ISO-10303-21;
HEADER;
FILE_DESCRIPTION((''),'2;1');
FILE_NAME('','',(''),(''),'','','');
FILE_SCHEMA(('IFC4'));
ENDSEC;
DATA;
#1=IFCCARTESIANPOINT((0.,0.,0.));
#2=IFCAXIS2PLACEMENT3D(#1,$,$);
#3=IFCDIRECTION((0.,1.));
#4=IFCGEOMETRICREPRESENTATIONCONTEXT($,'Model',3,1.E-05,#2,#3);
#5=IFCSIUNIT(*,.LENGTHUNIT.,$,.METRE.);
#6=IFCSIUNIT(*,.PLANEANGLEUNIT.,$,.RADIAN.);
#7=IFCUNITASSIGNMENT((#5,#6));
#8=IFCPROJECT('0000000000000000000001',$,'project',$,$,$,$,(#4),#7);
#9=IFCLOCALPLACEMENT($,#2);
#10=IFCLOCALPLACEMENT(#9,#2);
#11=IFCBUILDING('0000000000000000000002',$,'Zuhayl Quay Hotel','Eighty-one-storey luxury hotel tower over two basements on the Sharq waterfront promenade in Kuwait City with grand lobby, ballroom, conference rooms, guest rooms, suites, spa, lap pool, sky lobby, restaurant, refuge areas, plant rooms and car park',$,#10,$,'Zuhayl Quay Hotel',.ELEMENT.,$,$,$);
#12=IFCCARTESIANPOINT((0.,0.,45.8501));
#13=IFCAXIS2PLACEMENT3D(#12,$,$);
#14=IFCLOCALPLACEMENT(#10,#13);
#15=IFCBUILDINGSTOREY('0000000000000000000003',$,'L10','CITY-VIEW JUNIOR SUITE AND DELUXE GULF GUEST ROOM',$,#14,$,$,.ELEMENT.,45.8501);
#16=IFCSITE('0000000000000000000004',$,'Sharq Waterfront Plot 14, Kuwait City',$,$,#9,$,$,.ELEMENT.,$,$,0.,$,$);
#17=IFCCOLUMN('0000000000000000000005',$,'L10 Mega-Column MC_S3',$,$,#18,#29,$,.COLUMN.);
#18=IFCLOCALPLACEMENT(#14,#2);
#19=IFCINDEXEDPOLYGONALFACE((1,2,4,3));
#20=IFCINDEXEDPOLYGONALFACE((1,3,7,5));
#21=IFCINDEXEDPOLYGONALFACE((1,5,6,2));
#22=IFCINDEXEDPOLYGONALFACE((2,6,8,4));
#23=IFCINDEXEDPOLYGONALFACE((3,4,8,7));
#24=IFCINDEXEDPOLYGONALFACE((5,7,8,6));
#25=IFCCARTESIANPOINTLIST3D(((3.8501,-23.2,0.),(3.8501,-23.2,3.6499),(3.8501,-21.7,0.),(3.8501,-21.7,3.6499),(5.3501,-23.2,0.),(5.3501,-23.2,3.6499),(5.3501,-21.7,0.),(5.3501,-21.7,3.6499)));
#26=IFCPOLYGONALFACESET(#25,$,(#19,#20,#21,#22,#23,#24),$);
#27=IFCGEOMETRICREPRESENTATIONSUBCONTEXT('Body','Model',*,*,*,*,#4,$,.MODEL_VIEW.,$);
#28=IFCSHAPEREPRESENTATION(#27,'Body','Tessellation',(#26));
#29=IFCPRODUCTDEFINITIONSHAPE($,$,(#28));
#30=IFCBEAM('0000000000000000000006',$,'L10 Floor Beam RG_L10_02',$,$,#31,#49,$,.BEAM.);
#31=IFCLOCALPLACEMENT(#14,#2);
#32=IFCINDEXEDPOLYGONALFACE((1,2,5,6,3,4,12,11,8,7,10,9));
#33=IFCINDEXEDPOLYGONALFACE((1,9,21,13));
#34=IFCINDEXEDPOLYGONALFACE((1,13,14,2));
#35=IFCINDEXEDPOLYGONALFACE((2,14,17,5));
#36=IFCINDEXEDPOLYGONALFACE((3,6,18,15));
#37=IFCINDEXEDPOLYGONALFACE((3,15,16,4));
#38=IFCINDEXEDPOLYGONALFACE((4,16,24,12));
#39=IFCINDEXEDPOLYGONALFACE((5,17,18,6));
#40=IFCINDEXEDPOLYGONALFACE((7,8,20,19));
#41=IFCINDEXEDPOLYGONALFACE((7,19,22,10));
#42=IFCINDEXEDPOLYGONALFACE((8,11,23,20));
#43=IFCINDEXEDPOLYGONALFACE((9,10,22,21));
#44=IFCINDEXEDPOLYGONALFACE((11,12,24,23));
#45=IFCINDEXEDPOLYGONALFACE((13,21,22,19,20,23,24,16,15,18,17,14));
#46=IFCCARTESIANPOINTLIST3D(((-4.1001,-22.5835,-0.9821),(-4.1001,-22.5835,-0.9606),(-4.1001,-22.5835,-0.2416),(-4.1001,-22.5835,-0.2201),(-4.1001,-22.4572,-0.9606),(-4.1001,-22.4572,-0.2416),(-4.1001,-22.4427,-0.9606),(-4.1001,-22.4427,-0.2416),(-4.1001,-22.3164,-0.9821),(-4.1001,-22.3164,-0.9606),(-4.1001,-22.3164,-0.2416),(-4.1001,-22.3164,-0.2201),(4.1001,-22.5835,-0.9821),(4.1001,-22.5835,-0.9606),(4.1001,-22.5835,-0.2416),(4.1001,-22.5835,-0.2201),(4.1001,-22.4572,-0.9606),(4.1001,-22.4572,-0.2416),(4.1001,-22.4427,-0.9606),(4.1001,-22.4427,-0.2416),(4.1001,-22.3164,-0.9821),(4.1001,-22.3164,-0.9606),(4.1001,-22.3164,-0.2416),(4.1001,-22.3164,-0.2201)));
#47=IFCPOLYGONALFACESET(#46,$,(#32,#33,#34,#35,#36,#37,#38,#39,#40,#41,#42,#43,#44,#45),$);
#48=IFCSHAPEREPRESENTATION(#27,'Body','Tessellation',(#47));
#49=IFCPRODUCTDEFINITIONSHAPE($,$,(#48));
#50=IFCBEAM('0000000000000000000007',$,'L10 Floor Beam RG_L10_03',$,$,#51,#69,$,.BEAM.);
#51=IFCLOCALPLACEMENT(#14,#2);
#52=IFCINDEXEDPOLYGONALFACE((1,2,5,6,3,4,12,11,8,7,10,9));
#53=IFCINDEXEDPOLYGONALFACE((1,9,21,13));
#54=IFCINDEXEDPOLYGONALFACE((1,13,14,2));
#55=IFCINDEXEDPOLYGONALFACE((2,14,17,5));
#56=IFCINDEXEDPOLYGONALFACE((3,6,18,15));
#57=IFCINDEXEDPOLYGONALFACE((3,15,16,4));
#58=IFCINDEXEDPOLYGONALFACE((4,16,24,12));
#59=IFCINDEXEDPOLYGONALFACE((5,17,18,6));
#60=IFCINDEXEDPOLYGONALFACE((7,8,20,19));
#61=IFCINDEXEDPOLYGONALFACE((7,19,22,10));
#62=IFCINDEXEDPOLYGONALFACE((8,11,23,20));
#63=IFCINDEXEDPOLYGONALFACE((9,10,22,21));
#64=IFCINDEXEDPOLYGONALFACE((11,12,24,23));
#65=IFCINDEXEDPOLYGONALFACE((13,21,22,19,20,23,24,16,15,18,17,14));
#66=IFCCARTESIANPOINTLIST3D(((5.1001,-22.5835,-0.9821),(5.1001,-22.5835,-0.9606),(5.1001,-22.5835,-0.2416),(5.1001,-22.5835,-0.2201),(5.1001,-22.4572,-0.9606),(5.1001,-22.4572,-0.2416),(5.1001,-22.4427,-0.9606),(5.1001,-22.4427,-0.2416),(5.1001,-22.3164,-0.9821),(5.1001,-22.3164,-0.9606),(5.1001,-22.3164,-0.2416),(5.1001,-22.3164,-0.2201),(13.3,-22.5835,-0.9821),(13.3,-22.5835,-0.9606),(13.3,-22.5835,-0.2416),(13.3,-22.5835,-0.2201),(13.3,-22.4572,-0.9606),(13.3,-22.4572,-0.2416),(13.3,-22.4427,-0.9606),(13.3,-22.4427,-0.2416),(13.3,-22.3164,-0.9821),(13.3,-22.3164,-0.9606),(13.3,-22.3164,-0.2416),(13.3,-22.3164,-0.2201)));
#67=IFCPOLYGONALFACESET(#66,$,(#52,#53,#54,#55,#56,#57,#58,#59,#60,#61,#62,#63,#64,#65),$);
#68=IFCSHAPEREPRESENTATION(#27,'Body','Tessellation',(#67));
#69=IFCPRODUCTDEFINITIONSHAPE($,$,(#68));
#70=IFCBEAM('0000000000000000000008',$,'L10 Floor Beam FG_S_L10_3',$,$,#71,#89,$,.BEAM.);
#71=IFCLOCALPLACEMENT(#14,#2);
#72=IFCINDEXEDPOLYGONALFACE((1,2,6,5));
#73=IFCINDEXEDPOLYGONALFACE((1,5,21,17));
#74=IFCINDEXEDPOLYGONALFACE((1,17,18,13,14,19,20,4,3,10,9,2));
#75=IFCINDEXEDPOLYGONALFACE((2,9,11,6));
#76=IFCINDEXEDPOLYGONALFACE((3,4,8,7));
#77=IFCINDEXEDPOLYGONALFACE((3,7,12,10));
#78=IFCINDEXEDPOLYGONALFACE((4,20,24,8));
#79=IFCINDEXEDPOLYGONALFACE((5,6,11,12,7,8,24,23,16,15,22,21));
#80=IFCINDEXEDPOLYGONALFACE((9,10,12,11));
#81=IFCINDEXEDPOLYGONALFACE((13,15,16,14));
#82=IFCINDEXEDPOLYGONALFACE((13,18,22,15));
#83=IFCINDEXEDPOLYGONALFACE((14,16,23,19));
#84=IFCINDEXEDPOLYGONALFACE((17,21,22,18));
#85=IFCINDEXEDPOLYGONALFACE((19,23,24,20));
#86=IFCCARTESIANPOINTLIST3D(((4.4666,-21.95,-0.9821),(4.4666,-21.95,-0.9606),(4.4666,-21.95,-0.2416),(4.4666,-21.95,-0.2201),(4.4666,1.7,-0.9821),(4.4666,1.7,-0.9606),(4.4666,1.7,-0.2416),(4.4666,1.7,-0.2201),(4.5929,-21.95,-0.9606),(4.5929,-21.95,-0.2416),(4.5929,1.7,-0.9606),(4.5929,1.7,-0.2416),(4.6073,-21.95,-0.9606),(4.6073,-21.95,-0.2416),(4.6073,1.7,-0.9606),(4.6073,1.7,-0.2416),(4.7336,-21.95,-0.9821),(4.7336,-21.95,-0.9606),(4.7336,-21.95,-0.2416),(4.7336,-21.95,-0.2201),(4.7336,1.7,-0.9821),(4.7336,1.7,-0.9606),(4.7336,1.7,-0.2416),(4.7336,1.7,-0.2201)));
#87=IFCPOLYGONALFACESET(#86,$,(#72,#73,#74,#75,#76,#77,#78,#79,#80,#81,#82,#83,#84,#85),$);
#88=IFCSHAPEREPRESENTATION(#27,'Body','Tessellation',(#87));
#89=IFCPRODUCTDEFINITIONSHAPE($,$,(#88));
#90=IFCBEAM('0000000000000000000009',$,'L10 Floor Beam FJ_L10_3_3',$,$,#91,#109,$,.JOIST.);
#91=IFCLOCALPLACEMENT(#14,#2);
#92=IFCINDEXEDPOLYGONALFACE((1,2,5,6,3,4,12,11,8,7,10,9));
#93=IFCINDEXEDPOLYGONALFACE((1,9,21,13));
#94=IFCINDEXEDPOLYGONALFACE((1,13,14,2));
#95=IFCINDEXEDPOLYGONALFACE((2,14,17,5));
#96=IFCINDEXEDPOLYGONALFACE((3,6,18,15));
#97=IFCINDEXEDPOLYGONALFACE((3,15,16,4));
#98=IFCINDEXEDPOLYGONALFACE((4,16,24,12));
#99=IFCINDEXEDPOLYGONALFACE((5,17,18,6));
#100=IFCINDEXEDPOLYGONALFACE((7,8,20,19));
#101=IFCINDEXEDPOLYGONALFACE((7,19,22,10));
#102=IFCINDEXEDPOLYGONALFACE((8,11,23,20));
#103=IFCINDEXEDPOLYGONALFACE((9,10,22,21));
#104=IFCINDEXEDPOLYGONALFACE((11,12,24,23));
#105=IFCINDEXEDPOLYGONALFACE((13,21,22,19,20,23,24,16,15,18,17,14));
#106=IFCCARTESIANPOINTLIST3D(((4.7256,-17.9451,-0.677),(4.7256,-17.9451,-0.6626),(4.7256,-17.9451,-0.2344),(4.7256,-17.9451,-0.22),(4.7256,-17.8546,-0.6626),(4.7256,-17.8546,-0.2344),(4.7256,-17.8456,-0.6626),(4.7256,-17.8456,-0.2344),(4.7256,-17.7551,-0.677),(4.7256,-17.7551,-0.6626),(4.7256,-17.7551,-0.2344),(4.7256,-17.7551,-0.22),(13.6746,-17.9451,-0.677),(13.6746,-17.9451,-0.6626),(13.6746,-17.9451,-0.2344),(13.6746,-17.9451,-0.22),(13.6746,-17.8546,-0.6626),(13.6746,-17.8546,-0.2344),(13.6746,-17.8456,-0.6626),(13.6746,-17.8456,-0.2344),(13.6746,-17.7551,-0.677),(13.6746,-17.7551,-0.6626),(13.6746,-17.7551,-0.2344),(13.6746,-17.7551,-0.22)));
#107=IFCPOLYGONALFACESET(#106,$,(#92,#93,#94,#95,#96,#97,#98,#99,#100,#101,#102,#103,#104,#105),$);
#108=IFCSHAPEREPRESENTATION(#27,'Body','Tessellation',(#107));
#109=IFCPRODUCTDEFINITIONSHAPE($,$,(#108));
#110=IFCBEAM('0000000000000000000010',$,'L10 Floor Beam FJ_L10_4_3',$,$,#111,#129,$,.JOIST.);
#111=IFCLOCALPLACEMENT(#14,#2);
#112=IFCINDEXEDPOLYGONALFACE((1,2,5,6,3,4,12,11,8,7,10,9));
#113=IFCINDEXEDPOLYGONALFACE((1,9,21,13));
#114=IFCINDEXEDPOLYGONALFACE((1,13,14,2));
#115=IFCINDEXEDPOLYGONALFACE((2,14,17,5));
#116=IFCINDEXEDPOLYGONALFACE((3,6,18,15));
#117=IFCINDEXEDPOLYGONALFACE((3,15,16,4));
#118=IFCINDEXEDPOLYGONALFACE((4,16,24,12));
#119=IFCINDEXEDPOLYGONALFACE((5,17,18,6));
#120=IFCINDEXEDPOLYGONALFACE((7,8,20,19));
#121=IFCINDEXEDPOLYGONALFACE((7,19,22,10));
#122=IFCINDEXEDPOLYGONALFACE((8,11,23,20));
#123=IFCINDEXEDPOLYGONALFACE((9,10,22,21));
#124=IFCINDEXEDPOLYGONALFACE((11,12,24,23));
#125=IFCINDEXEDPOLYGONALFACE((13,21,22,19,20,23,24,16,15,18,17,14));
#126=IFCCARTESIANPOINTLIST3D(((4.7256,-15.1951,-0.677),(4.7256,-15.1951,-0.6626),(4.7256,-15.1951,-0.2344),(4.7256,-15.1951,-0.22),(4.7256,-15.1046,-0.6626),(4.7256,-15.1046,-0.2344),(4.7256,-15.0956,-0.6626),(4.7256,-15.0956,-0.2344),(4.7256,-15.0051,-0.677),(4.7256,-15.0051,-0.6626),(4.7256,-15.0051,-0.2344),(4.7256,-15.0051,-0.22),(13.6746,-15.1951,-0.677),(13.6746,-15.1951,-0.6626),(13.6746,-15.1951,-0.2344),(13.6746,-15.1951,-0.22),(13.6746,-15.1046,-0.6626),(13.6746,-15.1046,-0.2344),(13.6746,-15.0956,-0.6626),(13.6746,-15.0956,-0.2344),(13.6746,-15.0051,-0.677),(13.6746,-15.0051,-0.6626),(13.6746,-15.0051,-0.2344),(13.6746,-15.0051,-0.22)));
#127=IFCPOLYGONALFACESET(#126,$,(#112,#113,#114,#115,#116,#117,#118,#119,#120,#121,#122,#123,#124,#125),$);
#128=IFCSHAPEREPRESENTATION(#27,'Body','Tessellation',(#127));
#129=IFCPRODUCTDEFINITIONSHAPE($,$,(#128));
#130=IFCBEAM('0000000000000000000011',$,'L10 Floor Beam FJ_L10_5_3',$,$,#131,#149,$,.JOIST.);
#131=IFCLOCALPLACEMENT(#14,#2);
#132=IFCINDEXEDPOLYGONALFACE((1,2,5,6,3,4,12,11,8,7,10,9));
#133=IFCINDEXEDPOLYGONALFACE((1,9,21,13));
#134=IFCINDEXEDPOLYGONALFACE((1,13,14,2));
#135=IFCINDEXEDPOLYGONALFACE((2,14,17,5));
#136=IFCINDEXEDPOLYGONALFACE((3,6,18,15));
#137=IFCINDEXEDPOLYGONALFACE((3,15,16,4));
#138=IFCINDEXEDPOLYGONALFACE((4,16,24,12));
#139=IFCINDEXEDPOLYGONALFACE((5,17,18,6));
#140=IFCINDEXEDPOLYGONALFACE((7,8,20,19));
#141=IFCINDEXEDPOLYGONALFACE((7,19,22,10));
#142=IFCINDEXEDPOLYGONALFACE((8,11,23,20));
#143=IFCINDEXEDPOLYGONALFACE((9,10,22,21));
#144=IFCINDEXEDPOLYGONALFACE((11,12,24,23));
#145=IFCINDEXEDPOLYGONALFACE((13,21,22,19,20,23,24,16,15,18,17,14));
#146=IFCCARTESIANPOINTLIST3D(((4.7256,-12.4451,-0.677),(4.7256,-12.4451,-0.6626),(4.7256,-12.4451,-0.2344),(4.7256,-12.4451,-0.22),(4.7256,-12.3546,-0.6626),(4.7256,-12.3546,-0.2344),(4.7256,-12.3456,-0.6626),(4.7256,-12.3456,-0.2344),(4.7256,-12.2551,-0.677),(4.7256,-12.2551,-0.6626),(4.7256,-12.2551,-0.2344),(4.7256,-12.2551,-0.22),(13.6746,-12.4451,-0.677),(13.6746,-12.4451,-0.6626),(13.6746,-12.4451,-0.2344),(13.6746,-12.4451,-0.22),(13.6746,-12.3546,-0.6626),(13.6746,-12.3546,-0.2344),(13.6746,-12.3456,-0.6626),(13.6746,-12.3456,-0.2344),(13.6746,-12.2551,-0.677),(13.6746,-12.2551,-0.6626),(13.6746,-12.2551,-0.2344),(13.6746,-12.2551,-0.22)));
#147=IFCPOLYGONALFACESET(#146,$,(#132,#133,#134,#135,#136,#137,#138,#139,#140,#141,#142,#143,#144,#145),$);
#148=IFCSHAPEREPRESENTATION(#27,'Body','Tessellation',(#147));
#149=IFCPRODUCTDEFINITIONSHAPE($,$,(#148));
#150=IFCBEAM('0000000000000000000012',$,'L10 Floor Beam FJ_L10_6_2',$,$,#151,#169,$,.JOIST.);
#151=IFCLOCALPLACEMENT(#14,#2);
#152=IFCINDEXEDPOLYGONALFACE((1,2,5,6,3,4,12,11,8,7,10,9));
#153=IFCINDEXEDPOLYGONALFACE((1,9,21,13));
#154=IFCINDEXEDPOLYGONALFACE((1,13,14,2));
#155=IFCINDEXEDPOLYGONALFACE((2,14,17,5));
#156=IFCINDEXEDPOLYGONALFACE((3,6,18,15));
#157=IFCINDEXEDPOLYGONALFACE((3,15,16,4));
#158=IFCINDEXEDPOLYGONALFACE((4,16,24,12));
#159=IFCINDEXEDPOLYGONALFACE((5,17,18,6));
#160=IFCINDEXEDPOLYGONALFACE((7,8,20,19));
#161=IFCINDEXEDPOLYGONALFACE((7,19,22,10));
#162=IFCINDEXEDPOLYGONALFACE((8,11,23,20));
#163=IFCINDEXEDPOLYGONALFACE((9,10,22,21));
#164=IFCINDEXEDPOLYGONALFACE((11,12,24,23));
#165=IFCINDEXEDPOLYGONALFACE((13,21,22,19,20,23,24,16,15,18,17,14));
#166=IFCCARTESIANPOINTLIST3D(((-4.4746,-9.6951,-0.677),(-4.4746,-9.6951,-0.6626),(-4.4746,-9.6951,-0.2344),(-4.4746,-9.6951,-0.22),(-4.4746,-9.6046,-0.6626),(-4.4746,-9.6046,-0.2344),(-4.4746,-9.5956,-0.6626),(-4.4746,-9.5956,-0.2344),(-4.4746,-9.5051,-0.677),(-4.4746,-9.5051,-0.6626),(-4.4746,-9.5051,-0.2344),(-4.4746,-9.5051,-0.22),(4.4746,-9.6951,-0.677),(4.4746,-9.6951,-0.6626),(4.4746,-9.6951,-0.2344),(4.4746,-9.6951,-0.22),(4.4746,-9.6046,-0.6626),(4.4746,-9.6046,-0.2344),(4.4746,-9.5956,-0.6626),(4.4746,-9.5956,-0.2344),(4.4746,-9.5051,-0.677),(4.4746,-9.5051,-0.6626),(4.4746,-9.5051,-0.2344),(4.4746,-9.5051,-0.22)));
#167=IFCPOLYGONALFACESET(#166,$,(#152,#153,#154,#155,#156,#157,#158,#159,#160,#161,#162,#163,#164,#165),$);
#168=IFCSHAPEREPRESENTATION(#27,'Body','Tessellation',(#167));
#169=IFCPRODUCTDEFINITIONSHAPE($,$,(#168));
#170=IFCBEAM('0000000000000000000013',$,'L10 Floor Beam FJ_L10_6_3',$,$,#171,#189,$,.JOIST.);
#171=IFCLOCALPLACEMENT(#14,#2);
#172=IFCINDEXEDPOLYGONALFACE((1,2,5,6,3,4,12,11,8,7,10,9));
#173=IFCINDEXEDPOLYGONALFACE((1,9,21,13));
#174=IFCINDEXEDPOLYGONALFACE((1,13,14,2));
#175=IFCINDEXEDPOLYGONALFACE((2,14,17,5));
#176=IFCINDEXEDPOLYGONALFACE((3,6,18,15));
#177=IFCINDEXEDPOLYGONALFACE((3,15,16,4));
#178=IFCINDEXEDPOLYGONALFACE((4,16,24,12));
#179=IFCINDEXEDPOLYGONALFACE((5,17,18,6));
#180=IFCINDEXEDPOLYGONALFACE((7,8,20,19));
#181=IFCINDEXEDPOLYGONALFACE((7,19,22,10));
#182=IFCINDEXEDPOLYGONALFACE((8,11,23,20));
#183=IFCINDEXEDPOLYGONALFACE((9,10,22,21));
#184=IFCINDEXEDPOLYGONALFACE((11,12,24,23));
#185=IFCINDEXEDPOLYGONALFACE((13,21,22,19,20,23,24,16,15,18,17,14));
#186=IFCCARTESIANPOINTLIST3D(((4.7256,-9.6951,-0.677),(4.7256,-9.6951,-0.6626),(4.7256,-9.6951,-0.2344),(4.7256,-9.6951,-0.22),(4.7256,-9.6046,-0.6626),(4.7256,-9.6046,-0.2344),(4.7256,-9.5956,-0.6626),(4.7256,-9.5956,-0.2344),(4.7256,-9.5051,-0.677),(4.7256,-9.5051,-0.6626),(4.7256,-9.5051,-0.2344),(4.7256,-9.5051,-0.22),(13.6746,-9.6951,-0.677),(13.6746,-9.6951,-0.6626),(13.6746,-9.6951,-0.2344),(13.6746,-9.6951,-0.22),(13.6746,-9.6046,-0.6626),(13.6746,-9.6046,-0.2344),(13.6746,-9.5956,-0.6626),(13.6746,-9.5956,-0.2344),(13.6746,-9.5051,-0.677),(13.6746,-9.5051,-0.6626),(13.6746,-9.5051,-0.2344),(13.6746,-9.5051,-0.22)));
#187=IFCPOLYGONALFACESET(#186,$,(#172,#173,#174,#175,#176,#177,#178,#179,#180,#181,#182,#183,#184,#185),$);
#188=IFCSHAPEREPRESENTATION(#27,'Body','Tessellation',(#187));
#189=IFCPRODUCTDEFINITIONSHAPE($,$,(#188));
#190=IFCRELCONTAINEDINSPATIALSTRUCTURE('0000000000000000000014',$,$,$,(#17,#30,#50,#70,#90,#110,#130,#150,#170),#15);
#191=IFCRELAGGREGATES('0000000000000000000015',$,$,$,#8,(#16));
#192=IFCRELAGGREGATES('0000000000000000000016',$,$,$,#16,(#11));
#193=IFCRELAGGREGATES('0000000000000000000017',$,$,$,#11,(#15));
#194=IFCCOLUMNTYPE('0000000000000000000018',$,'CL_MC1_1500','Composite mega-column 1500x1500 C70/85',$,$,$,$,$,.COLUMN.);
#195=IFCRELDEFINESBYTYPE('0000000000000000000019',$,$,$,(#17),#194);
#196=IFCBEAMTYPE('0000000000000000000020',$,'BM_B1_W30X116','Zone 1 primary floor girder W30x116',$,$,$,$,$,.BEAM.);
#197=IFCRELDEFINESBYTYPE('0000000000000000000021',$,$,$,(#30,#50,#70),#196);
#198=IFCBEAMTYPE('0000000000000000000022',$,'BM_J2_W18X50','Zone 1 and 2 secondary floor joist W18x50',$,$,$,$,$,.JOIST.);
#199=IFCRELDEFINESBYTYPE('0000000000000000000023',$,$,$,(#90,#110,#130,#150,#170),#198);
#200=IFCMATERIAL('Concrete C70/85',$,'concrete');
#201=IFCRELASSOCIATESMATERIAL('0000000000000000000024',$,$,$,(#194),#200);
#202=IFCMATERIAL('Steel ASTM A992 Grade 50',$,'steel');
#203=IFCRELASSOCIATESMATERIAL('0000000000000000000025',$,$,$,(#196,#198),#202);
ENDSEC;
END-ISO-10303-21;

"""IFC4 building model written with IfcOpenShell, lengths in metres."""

from ifc_helpers import new_model, si_unit, direction, frame, origin, origin_2d, place, context, subcontext, project, spatial, rectangle, i_section, extrude, material, material_profile, profile_set, type_object, element, save


model = new_model("IFC4")

# Units and contexts
model_context = context("Model", 3, precision=1e-05, world=origin(), true_north=direction((0.0, 1.0)))
body_context = subcontext(model_context, "Body", "Model", "MODEL_VIEW")
ifc_project = project(units=[si_unit("LENGTHUNIT", "METRE"), si_unit("PLANEANGLEUNIT", "RADIAN")], contexts=[model_context])

# Site, building, storey
site_placement = place(None, origin())
site = spatial("IfcSite", under=ifc_project, at=site_placement, Name="Sharq Waterfront Plot 14, Kuwait City", CompositionType="ELEMENT", RefElevation=0.0)
building_placement = place(site_placement, origin())
building = spatial("IfcBuilding", under=site, at=building_placement, Name="Zuhayl Quay Hotel", Description="Eighty-one-storey luxury hotel tower over two basements on the Sharq waterfront promenade in Kuwait City with grand lobby, ballroom, conference rooms, guest rooms, suites, spa, lap pool, sky lobby, restaurant, refuge areas, plant rooms and car park", LongName="Zuhayl Quay Hotel", CompositionType="ELEMENT")
storey_placement = place(building_placement, frame((0.0, 0.0, 45.8501)))
storey = spatial("IfcBuildingStorey", under=building, at=storey_placement, Name="L10", Description="CITY-VIEW JUNIOR SUITE AND DELUXE GULF GUEST ROOM", CompositionType="ELEMENT", Elevation=45.8501)

# Column
ifc_material_1 = material(Name="Concrete C70/85", Category="concrete")
ifc_material_profile_1 = material_profile(ifc_material_1, rectangle(XDim=1.5, YDim=1.5, at=origin_2d()), Name="RC1500X1500")
ifc_profile_set_1 = profile_set([ifc_material_profile_1], Name="Concrete C70/85")
column_type = type_object("IfcColumnType", Name="CL_MC1_1500", Description="Composite mega-column 1500x1500 C70/85", PredefinedType="COLUMN", material=ifc_profile_set_1)
column_placement = place(storey_placement, frame((4.6001, -22.45, 0.0), z_axis=(0.0, 0.0, 1.0), x_axis=(1.0, 0.0, 0.0)))
element("IfcColumn", 1, at=column_placement, inside=storey, type_object=column_type, Name="L10 Mega-Column MC_S3", PredefinedType="COLUMN", context=body_context, shape_type="SweptSolid", body=[
    extrude(rectangle(XDim=1.5, YDim=1.5, at=origin_2d()), origin(), (0.0, 0.0, 1.0), 3.6499),
])

# Beams
ifc_material_2 = material(Name="Steel ASTM A992 Grade 50", Category="steel")
ifc_material_profile_2 = material_profile(ifc_material_2, i_section(OverallWidth=0.2671, OverallDepth=0.762, WebThickness=0.0144, FlangeThickness=0.0215, at=origin_2d()), Name="W30X116")
ifc_profile_set_2 = profile_set([ifc_material_profile_2], Name="Steel ASTM A992 Grade 50")
beam_type_1 = type_object("IfcBeamType", Name="BM_B1_W30X116", Description="Zone 1 primary floor girder W30x116", PredefinedType="BEAM", material=ifc_profile_set_2)
beam_1_placement = place(storey_placement, frame((-4.1001, -22.45, -0.6011), z_axis=(1.0, 0.0, 0.0), x_axis=(0.0, 1.0, 0.0)))
element("IfcBeam", 2, at=beam_1_placement, inside=storey, type_object=beam_type_1, Name="L10 Floor Beam RG_L10_02", PredefinedType="BEAM", context=body_context, shape_type="SweptSolid", body=[
    extrude(i_section(OverallWidth=0.2671, OverallDepth=0.762, WebThickness=0.0144, FlangeThickness=0.0215, at=origin_2d()), origin(), (0.0, 0.0, 1.0), 8.2002),
])
beam_2_placement = place(storey_placement, frame((5.1001, -22.45, -0.6011), z_axis=(1.0, 0.0, 0.0), x_axis=(0.0, 1.0, 0.0)))
element("IfcBeam", 3, at=beam_2_placement, inside=storey, type_object=beam_type_1, Name="L10 Floor Beam RG_L10_03", PredefinedType="BEAM", context=body_context, shape_type="SweptSolid", body=[
    extrude(i_section(OverallWidth=0.2671, OverallDepth=0.762, WebThickness=0.0144, FlangeThickness=0.0215, at=origin_2d()), origin(), (0.0, 0.0, 1.0), 8.2),
])
beam_3_placement = place(storey_placement, frame((4.6001, -21.95, -0.6011), z_axis=(0.0, 1.0, 0.0), x_axis=(-1.0, 0.0, 0.0)))
element("IfcBeam", 4, at=beam_3_placement, inside=storey, type_object=beam_type_1, Name="L10 Floor Beam FG_S_L10_3", PredefinedType="BEAM", context=body_context, shape_type="SweptSolid", body=[
    extrude(i_section(OverallWidth=0.2671, OverallDepth=0.762, WebThickness=0.0144, FlangeThickness=0.0215, at=origin_2d()), origin(), (0.0, 0.0, 1.0), 23.6499),
])
ifc_material_profile_3 = material_profile(ifc_material_2, i_section(OverallWidth=0.1899, OverallDepth=0.457, WebThickness=0.009, FlangeThickness=0.0144, at=origin_2d()), Name="W18X50")
ifc_profile_set_3 = profile_set([ifc_material_profile_3], Name="Steel ASTM A992 Grade 50")
beam_type_2 = type_object("IfcBeamType", Name="BM_J2_W18X50", Description="Zone 1 and 2 secondary floor joist W18x50", PredefinedType="JOIST", material=ifc_profile_set_3)
for number, where, z_axis, x_axis, name in (
    (5, (4.7256, -17.8501, -0.4485), (1.0, 0.0, 0.0), (0.0, 1.0, 0.0), "L10 Floor Beam FJ_L10_3_3"),
    (6, (4.7256, -15.1001, -0.4485), (1.0, 0.0, 0.0), (0.0, 1.0, 0.0), "L10 Floor Beam FJ_L10_4_3"),
    (7, (4.7256, -12.3501, -0.4485), (1.0, 0.0, 0.0), (0.0, 1.0, 0.0), "L10 Floor Beam FJ_L10_5_3"),
):
    element("IfcBeam", number, at=place(storey_placement, frame(where, z_axis=z_axis, x_axis=x_axis)), inside=storey, type_object=beam_type_2, Name=name, PredefinedType="JOIST", context=body_context, shape_type="SweptSolid", body=[
        extrude(i_section(OverallWidth=0.1899, OverallDepth=0.457, WebThickness=0.009, FlangeThickness=0.0144, at=origin_2d()), origin(), (0.0, 0.0, 1.0), 8.949),
    ])
beam_4_placement = place(storey_placement, frame((-4.4746, -9.6001, -0.4485), z_axis=(1.0, 0.0, 0.0), x_axis=(0.0, 1.0, 0.0)))
element("IfcBeam", 8, at=beam_4_placement, inside=storey, type_object=beam_type_2, Name="L10 Floor Beam FJ_L10_6_2", PredefinedType="JOIST", context=body_context, shape_type="SweptSolid", body=[
    extrude(i_section(OverallWidth=0.1899, OverallDepth=0.457, WebThickness=0.009, FlangeThickness=0.0144, at=origin_2d()), origin(), (0.0, 0.0, 1.0), 8.9492),
])
beam_5_placement = place(storey_placement, frame((4.7256, -9.6001, -0.4485), z_axis=(1.0, 0.0, 0.0), x_axis=(0.0, 1.0, 0.0)))
element("IfcBeam", 9, at=beam_5_placement, inside=storey, type_object=beam_type_2, Name="L10 Floor Beam FJ_L10_6_3", PredefinedType="JOIST", context=body_context, shape_type="SweptSolid", body=[
    extrude(i_section(OverallWidth=0.1899, OverallDepth=0.457, WebThickness=0.009, FlangeThickness=0.0144, at=origin_2d()), origin(), (0.0, 0.0, 1.0), 8.949),
])

save(model, "model.ifc")
